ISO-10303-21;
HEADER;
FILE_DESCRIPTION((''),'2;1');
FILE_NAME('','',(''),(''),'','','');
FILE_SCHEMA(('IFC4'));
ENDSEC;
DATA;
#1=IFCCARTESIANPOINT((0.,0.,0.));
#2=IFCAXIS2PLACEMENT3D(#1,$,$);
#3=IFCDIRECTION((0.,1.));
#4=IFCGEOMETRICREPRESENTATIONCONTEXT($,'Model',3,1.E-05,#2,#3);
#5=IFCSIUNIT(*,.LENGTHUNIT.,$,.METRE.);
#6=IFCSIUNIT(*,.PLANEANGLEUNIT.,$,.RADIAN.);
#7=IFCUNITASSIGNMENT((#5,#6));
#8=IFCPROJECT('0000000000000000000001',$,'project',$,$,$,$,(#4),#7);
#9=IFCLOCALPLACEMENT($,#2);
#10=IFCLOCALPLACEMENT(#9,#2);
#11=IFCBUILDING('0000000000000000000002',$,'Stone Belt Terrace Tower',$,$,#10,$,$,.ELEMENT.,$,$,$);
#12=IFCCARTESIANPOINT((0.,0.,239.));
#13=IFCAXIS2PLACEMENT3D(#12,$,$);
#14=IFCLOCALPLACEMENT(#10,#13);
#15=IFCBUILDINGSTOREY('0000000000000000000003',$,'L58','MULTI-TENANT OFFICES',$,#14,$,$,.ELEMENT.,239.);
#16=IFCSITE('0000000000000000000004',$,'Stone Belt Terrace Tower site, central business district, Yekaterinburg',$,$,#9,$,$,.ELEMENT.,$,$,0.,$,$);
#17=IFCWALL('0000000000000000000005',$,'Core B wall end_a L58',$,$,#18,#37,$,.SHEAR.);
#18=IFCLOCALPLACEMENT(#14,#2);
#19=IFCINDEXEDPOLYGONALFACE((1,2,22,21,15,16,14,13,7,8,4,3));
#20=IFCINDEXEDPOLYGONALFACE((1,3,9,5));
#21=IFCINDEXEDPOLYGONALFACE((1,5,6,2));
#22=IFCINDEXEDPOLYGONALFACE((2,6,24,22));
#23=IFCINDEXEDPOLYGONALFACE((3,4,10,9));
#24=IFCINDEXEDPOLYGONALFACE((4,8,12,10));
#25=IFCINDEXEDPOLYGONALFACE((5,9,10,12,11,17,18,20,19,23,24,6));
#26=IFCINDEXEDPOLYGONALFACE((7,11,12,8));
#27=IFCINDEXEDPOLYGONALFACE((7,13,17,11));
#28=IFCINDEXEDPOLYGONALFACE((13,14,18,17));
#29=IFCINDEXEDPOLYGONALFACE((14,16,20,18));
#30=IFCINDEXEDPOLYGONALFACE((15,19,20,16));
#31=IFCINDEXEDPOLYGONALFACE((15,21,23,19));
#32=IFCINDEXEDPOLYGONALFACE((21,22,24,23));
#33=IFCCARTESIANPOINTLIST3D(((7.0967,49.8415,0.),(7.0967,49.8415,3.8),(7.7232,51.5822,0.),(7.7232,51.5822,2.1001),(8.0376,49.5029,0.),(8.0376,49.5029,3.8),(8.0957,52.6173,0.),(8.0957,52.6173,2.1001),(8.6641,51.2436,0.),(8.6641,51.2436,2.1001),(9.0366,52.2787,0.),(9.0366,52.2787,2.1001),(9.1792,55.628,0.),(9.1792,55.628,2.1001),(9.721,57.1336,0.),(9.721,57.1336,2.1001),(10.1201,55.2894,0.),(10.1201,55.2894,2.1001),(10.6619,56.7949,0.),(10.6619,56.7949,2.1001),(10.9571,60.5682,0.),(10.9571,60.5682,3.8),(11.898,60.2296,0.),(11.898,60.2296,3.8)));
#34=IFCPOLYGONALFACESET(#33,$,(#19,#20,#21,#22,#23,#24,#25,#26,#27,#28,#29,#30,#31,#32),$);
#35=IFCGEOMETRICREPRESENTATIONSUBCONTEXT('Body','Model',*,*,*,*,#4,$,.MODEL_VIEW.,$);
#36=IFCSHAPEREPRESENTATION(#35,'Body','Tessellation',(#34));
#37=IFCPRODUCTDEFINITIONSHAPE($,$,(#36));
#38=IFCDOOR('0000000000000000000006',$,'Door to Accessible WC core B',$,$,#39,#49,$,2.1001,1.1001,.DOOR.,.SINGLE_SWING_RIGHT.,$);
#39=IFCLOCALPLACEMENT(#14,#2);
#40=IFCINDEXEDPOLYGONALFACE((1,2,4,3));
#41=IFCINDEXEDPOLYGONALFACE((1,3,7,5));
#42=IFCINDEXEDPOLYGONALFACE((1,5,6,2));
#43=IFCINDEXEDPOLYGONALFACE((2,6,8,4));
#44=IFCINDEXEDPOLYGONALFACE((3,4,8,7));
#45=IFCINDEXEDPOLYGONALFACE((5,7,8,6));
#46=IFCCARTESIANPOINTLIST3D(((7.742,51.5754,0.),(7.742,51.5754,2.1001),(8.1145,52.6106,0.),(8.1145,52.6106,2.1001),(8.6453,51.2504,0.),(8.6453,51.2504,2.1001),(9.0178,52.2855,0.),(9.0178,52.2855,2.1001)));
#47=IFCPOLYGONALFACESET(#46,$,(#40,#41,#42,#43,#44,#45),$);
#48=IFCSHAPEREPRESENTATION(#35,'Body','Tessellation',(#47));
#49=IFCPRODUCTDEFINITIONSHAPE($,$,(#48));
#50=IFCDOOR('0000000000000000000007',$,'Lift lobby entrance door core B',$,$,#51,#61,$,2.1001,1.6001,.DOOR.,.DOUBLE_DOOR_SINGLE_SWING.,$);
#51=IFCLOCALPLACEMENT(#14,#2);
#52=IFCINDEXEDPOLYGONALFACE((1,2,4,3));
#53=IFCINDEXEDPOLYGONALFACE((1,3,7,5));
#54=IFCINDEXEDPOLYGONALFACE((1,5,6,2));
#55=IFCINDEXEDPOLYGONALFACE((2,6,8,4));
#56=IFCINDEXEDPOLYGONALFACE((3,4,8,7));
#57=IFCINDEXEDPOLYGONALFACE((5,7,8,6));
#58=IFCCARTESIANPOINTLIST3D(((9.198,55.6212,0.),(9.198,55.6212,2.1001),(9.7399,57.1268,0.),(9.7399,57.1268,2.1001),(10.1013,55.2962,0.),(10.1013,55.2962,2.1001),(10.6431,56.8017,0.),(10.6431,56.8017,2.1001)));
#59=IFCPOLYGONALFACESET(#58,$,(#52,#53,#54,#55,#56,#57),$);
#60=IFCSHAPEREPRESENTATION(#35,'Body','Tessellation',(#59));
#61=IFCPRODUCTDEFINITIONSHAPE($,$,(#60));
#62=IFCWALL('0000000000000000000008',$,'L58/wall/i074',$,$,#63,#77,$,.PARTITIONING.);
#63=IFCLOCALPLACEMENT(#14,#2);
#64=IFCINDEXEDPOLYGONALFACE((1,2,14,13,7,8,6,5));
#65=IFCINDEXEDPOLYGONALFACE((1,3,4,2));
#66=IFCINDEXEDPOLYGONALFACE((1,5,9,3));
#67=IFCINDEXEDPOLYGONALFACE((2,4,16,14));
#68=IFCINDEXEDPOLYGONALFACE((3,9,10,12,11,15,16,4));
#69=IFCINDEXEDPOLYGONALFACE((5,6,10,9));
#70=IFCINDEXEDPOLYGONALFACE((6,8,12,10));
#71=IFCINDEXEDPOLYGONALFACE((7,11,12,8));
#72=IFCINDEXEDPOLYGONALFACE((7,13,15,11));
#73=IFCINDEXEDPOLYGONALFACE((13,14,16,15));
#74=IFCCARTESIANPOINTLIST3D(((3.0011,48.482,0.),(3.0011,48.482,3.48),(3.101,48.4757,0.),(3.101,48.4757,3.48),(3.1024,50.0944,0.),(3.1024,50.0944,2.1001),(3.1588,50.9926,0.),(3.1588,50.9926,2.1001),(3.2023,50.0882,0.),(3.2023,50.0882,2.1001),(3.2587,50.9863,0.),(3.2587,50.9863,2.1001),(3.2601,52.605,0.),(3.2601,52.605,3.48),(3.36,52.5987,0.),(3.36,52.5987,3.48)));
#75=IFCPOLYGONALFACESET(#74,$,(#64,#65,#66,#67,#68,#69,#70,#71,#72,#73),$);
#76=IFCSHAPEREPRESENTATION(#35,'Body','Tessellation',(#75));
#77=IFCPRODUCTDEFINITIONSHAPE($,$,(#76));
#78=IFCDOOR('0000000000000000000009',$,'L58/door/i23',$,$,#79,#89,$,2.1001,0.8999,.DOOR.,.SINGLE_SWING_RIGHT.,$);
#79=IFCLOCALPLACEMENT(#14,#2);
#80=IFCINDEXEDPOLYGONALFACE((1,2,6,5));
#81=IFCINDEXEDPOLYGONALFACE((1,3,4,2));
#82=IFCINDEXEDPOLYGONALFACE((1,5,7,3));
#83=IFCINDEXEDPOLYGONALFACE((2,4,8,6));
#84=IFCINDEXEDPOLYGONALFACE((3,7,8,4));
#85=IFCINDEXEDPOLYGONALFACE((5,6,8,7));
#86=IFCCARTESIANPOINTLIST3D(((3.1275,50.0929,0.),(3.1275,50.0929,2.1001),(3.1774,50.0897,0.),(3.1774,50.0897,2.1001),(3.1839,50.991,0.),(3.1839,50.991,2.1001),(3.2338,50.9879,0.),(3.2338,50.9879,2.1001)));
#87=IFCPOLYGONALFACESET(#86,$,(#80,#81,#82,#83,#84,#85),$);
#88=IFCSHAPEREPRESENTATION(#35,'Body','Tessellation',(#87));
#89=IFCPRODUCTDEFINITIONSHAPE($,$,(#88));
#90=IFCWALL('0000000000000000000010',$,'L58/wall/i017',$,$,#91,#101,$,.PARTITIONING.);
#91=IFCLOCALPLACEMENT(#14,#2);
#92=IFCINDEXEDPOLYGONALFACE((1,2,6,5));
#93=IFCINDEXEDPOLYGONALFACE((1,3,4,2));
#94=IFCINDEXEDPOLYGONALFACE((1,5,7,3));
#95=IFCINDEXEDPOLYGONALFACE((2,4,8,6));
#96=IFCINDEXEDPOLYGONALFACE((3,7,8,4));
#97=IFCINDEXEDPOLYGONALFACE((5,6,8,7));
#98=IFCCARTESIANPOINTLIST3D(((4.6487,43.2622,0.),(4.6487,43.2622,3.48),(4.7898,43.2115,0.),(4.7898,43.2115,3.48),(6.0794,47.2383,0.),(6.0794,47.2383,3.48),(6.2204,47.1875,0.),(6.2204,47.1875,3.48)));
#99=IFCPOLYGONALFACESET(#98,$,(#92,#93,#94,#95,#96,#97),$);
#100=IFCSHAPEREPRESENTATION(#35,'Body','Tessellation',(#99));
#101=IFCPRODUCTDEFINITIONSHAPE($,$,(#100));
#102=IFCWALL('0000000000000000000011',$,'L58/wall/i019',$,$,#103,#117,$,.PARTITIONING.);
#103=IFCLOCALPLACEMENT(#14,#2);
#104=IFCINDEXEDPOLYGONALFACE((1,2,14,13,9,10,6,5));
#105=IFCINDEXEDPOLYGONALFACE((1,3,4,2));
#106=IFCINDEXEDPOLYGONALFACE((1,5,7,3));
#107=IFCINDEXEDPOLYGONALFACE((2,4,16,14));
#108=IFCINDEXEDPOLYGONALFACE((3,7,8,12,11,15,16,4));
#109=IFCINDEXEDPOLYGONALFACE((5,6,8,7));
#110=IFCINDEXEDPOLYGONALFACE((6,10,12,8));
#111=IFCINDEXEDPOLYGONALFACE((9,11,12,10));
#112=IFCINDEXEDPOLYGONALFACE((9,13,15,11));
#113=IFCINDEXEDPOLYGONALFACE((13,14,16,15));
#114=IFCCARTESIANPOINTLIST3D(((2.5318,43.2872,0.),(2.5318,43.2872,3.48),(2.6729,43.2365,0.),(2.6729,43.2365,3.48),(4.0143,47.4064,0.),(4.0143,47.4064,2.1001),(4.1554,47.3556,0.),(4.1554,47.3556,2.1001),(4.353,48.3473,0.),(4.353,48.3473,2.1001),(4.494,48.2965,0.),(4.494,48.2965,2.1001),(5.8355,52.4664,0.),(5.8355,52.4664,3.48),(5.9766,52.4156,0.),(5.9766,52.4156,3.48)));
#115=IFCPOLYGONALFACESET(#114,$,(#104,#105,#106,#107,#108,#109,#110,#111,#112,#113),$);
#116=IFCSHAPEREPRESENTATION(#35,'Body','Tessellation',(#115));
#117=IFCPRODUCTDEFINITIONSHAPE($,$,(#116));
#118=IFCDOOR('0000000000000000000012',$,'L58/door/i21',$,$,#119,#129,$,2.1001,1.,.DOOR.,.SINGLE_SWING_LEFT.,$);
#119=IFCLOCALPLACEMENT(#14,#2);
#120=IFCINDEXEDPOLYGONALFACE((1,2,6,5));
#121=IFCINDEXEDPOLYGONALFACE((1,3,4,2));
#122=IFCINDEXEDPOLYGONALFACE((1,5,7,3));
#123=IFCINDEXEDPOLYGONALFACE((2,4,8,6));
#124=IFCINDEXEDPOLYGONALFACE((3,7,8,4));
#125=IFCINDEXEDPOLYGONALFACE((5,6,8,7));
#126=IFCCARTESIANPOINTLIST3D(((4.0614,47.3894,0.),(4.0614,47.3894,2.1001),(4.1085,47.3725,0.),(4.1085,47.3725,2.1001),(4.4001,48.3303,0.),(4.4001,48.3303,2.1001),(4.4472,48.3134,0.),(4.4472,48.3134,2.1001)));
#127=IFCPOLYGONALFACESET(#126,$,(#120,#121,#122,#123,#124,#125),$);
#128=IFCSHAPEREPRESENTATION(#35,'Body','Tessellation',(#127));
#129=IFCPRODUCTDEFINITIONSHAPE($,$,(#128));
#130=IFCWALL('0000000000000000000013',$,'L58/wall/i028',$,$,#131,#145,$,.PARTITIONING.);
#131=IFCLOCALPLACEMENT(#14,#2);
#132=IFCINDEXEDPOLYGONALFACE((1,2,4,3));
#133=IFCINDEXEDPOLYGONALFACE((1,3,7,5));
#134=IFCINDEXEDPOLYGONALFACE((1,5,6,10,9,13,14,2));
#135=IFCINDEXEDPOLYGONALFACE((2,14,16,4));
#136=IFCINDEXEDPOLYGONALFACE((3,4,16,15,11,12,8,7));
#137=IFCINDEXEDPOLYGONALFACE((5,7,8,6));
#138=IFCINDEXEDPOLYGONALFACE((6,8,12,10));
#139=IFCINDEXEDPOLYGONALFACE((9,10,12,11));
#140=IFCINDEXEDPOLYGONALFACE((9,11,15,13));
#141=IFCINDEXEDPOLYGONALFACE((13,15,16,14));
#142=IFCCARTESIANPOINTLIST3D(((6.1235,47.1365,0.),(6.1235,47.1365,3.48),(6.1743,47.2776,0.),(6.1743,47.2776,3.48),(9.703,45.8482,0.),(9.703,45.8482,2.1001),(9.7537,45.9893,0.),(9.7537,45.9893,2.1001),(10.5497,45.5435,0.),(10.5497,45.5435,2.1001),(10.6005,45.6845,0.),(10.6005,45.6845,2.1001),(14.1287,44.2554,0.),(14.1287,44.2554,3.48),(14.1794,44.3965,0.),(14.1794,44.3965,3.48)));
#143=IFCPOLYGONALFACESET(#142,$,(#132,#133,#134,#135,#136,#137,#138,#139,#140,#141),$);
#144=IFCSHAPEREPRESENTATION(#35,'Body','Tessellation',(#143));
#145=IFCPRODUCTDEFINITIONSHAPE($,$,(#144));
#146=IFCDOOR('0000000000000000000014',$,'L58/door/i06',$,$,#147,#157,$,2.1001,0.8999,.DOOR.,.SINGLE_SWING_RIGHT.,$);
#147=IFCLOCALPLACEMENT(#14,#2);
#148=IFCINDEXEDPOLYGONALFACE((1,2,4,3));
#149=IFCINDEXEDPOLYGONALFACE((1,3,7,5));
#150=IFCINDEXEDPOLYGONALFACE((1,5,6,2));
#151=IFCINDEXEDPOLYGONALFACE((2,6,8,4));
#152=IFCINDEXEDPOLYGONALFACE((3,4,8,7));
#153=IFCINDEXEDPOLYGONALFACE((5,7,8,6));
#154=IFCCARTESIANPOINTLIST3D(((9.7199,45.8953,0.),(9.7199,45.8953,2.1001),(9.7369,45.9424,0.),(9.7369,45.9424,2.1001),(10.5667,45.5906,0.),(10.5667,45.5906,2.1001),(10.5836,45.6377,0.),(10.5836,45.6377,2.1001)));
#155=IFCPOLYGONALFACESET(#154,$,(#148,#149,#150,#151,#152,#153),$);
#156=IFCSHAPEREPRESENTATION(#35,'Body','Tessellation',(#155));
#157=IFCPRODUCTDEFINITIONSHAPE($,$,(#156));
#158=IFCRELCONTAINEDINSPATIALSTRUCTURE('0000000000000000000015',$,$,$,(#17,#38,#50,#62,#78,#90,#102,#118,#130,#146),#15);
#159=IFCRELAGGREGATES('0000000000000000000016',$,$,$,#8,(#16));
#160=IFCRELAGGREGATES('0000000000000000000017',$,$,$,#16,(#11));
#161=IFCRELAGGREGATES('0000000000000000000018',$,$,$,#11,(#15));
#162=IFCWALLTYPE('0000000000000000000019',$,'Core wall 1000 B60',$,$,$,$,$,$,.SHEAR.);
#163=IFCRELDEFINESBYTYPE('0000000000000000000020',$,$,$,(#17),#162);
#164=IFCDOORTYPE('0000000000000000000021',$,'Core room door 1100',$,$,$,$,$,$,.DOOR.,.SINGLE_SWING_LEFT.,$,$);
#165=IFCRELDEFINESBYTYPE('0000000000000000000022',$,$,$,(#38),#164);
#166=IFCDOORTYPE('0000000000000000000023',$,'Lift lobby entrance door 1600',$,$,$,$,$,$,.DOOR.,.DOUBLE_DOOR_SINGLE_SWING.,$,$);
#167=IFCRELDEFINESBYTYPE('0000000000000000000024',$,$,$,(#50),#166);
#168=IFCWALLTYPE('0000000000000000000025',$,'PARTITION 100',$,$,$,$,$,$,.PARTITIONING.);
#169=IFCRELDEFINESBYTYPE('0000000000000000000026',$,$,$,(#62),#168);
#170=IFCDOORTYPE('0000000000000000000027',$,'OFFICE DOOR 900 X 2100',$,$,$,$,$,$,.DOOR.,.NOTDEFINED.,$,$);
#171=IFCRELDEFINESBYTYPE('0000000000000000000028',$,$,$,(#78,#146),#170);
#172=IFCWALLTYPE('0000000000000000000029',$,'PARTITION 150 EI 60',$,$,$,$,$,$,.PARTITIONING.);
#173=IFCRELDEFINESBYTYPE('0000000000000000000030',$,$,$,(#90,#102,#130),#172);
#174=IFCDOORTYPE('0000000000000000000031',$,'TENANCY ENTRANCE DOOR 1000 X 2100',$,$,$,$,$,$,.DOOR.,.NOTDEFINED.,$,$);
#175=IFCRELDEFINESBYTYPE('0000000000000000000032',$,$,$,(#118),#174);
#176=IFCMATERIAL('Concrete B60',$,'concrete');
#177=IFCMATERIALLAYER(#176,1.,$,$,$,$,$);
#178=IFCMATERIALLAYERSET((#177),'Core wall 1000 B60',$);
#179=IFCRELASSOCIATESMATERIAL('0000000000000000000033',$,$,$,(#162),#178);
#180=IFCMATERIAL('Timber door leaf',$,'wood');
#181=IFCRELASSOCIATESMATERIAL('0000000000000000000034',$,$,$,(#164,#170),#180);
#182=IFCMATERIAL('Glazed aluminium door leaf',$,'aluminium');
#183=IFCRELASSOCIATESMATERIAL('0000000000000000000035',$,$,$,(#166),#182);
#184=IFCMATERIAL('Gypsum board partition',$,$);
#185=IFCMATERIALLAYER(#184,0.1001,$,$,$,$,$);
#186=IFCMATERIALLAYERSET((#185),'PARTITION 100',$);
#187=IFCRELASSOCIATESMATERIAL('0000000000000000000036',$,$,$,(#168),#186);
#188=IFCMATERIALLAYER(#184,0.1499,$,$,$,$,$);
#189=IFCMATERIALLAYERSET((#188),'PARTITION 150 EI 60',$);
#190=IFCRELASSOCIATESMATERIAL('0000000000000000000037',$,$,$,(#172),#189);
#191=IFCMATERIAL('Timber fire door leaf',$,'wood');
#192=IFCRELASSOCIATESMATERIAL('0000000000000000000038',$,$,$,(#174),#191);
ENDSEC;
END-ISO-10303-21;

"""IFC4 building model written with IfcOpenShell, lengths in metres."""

from ifc_helpers import new_model, si_unit, direction, frame, frame_2d, origin, place, context, subcontext, project, spatial, rectangle, extrude, material, layer, layer_set, type_object, element, fill, save


model = new_model("IFC4")

# Units and contexts
model_context = context("Model", 3, precision=1e-05, world=origin(), true_north=direction((0.0, 1.0)))
body_context = subcontext(model_context, "Body", "Model", "MODEL_VIEW")
ifc_project = project(units=[si_unit("LENGTHUNIT", "METRE"), si_unit("PLANEANGLEUNIT", "RADIAN")], contexts=[model_context])

# Site, building, storey
site_placement = place(None, origin())
site = spatial("IfcSite", under=ifc_project, at=site_placement, Name="Stone Belt Terrace Tower site, central business district, Yekaterinburg", CompositionType="ELEMENT", RefElevation=0.0)
building_placement = place(site_placement, origin())
building = spatial("IfcBuilding", under=site, at=building_placement, Name="Stone Belt Terrace Tower", CompositionType="ELEMENT")
storey_placement = place(building_placement, frame((0.0, 0.0, 239.0)))
storey = spatial("IfcBuildingStorey", under=building, at=storey_placement, Name="L58", Description="MULTI-TENANT OFFICES", CompositionType="ELEMENT", Elevation=239.0)

# Shared definitions
ifc_material_1 = material(Name="Concrete B60", Category="concrete")

# Wall, openings, doors
ifc_layer_1 = layer(ifc_material_1, 1.0)
ifc_layer_set_1 = layer_set([ifc_layer_1], Name="Core wall 1000 B60")
wall_type_1 = type_object("IfcWallType", Name="Core wall 1000 B60", PredefinedType="SHEAR", material=ifc_layer_set_1)
ifc_material_2 = material(Name="Timber door leaf", Category="wood")
door_type_1 = type_object("IfcDoorType", Name="Core room door 1100", OperationType="SINGLE_SWING_LEFT", PredefinedType="DOOR", material=ifc_material_2)
wall_1_placement = place(storey_placement, frame((7.5671, 49.6721, 0.0), z_axis=(0.0, 0.0, 1.0), x_axis=(0.338625, 0.940921, 0.0)))
wall_1 = element("IfcWall", 1, at=wall_1_placement, inside=storey, type_object=wall_type_1, Name="Core B wall end_a L58", PredefinedType="SHEAR", context=body_context, shape_type="SweptSolid", body=[
    extrude(rectangle(XDim=11.4001, YDim=1.0, at=frame_2d((5.7002, 0.0))), origin(), (0.0, 0.0, 1.0), 3.8),
])
opening_1_placement = place(wall_1_placement, frame((6.1499, 0.0, 0.0)))
opening_1 = element("IfcOpeningElement", 2, at=opening_1_placement, cuts=wall_1, PredefinedType="OPENING", context=body_context, shape_type="SweptSolid", body=[
    extrude(rectangle(XDim=1.6001, YDim=2.1001, at=frame_2d((0.8, 1.05))), frame((0.0, 0.51, 0.0), z_axis=(0.0, -1.0, 0.0), x_axis=(1.0, 0.0, 0.0)), (0.0, 0.0, 1.0), 1.02),
])
opening_2_placement = place(wall_1_placement, frame((1.8501, 0.0, 0.0)))
opening_2 = element("IfcOpeningElement", 3, at=opening_2_placement, cuts=wall_1, PredefinedType="OPENING", context=body_context, shape_type="SweptSolid", body=[
    extrude(rectangle(XDim=1.1001, YDim=2.1001, at=frame_2d((0.55, 1.05))), frame((0.0, 0.51, 0.0), z_axis=(0.0, -1.0, 0.0), x_axis=(1.0, 0.0, 0.0)), (0.0, 0.0, 1.0), 1.02),
])
door_1_placement = place(opening_2_placement, origin())
door_1 = element("IfcDoor", 4, at=door_1_placement, inside=storey, type_object=door_type_1, Name="Door to Accessible WC core B", OperationType="SINGLE_SWING_RIGHT", OverallHeight=2.1001, OverallWidth=1.1001, PredefinedType="DOOR", context=body_context, shape_type="SweptSolid", body=[
    extrude(rectangle(XDim=1.1001, YDim=2.1001, at=frame_2d((0.55, 1.05))), frame((0.0, 0.48, 0.0), z_axis=(0.0, -1.0, 0.0), x_axis=(1.0, 0.0, 0.0)), (0.0, 0.0, 1.0), 0.96),
])
fill(opening_2, door_1)
ifc_material_3 = material(Name="Glazed aluminium door leaf", Category="aluminium")
door_type_2 = type_object("IfcDoorType", Name="Lift lobby entrance door 1600", OperationType="DOUBLE_DOOR_SINGLE_SWING", PredefinedType="DOOR", material=ifc_material_3)
door_2_placement = place(opening_1_placement, origin())
door_2 = element("IfcDoor", 5, at=door_2_placement, inside=storey, type_object=door_type_2, Name="Lift lobby entrance door core B", OperationType="DOUBLE_DOOR_SINGLE_SWING", OverallHeight=2.1001, OverallWidth=1.6001, PredefinedType="DOOR", context=body_context, shape_type="SweptSolid", body=[
    extrude(rectangle(XDim=1.6001, YDim=2.1001, at=frame_2d((0.8, 1.05))), frame((0.0, 0.48, 0.0), z_axis=(0.0, -1.0, 0.0), x_axis=(1.0, 0.0, 0.0)), (0.0, 0.0, 1.0), 0.96),
])
fill(opening_1, door_2)

# Wall, opening, door
ifc_material_4 = material(Name="Gypsum board partition")
ifc_layer_2 = layer(ifc_material_4, 0.1001)
ifc_layer_set_2 = layer_set([ifc_layer_2], Name="PARTITION 100")
wall_type_2 = type_object("IfcWallType", Name="PARTITION 100", PredefinedType="PARTITIONING", material=ifc_layer_set_2)
wall_2_placement = place(storey_placement, frame((3.051, 48.479, 0.0), z_axis=(0.0, 0.0, 1.0), x_axis=(0.062702, 0.998032, 0.0)))
wall_2 = element("IfcWall", 6, at=wall_2_placement, inside=storey, type_object=wall_type_2, Name="L58/wall/i074", PredefinedType="PARTITIONING", context=body_context, shape_type="SweptSolid", body=[
    extrude(rectangle(XDim=4.1311, YDim=0.1001, at=frame_2d((2.0654, 0.0))), origin(), (0.0, 0.0, 1.0), 3.48),
])
opening_3_placement = place(wall_2_placement, frame((1.6155, 0.0, 0.0)))
opening_3 = element("IfcOpeningElement", 7, at=opening_3_placement, cuts=wall_2, PredefinedType="OPENING", context=body_context, shape_type="SweptSolid", body=[
    extrude(rectangle(XDim=0.8999, YDim=2.1001, at=frame_2d((0.45, 1.05))), frame((0.0, 0.0601, 0.0), z_axis=(0.0, -1.0, 0.0), x_axis=(1.0, 0.0, 0.0)), (0.0, 0.0, 1.0), 0.1201),
])
door_type_3 = type_object("IfcDoorType", Name="OFFICE DOOR 900 X 2100", OperationType="NOTDEFINED", PredefinedType="DOOR", material=ifc_material_2)
door_3_placement = place(opening_3_placement, origin())
door_3 = element("IfcDoor", 8, at=door_3_placement, inside=storey, type_object=door_type_3, Name="L58/door/i23", OperationType="SINGLE_SWING_RIGHT", OverallHeight=2.1001, OverallWidth=0.8999, PredefinedType="DOOR", context=body_context, shape_type="SweptSolid", body=[
    extrude(rectangle(XDim=0.8999, YDim=2.1001, at=frame_2d((0.45, 1.05))), frame((0.0, 0.0249, 0.0), z_axis=(0.0, -1.0, 0.0), x_axis=(1.0, 0.0, 0.0)), (0.0, 0.0, 1.0), 0.05),
])
fill(opening_3, door_3)

# Wall
ifc_layer_3 = layer(ifc_material_4, 0.1499)
ifc_layer_set_3 = layer_set([ifc_layer_3], Name="PARTITION 150 EI 60")
wall_type_3 = type_object("IfcWallType", Name="PARTITION 150 EI 60", PredefinedType="PARTITIONING", material=ifc_layer_set_3)
wall_3_placement = place(storey_placement, frame((6.1499, 47.2129, 0.0), z_axis=(0.0, 0.0, 1.0), x_axis=(-0.338568, -0.940942, 0.0)))
element("IfcWall", 9, at=wall_3_placement, inside=storey, type_object=wall_type_3, Name="L58/wall/i017", PredefinedType="PARTITIONING", context=body_context, shape_type="SweptSolid", body=[
    extrude(rectangle(XDim=4.2256, YDim=0.1499, at=frame_2d((2.1128, 0.0))), origin(), (0.0, 0.0, 1.0), 3.48),
])

# Walls, openings, doors
wall_4_placement = place(storey_placement, frame((2.6023, 43.2617, 0.0), z_axis=(0.0, 0.0, 1.0), x_axis=(0.338647, 0.940914, 0.0)))
wall_4 = element("IfcWall", 10, at=wall_4_placement, inside=storey, type_object=wall_type_3, Name="L58/wall/i019", PredefinedType="PARTITIONING", context=body_context, shape_type="SweptSolid", body=[
    extrude(rectangle(XDim=9.7556, YDim=0.1499, at=frame_2d((4.8779, 0.0))), origin(), (0.0, 0.0, 1.0), 3.48),
])
opening_4_placement = place(wall_4_placement, frame((4.3779, 0.0, 0.0)))
opening_4 = element("IfcOpeningElement", 11, at=opening_4_placement, cuts=wall_4, PredefinedType="OPENING", context=body_context, shape_type="SweptSolid", body=[
    extrude(rectangle(XDim=1.0, YDim=2.1001, at=frame_2d((0.5, 1.05))), frame((0.0, 0.085, 0.0), z_axis=(0.0, -1.0, 0.0), x_axis=(1.0, 0.0, 0.0)), (0.0, 0.0, 1.0), 0.1699),
])
ifc_material_5 = material(Name="Timber fire door leaf", Category="wood")
door_type_4 = type_object("IfcDoorType", Name="TENANCY ENTRANCE DOOR 1000 X 2100", OperationType="NOTDEFINED", PredefinedType="DOOR", material=ifc_material_5)
door_4_placement = place(opening_4_placement, origin())
door_4 = element("IfcDoor", 12, at=door_4_placement, inside=storey, type_object=door_type_4, Name="L58/door/i21", OperationType="SINGLE_SWING_LEFT", OverallHeight=2.1001, OverallWidth=1.0, PredefinedType="DOOR", context=body_context, shape_type="SweptSolid", body=[
    extrude(rectangle(XDim=1.0, YDim=2.1001, at=frame_2d((0.5, 1.05))), frame((0.0, 0.0249, 0.0), z_axis=(0.0, -1.0, 0.0), x_axis=(1.0, 0.0, 0.0)), (0.0, 0.0, 1.0), 0.05),
])
fill(opening_4, door_4)
wall_5_placement = place(storey_placement, frame((14.1541, 44.3259, 0.0), z_axis=(0.0, 0.0, 1.0), x_axis=(-0.940915, 0.338642, 0.0)))
wall_5 = element("IfcWall", 13, at=wall_5_placement, inside=storey, type_object=wall_type_3, Name="L58/wall/i028", PredefinedType="PARTITIONING", context=body_context, shape_type="SweptSolid", body=[
    extrude(rectangle(XDim=8.5078, YDim=0.1499, at=frame_2d((4.2539, 0.0))), origin(), (0.0, 0.0, 1.0), 3.48),
])
opening_5_placement = place(wall_5_placement, frame((3.8037, 0.0, 0.0)))
opening_5 = element("IfcOpeningElement", 14, at=opening_5_placement, cuts=wall_5, PredefinedType="OPENING", context=body_context, shape_type="SweptSolid", body=[
    extrude(rectangle(XDim=0.8999, YDim=2.1001, at=frame_2d((0.45, 1.05))), frame((0.0, 0.085, 0.0), z_axis=(0.0, -1.0, 0.0), x_axis=(1.0, 0.0, 0.0)), (0.0, 0.0, 1.0), 0.1699),
])
door_5_placement = place(opening_5_placement, origin())
door_5 = element("IfcDoor", 15, at=door_5_placement, inside=storey, type_object=door_type_3, Name="L58/door/i06", OperationType="SINGLE_SWING_RIGHT", OverallHeight=2.1001, OverallWidth=0.8999, PredefinedType="DOOR", context=body_context, shape_type="SweptSolid", body=[
    extrude(rectangle(XDim=0.8999, YDim=2.1001, at=frame_2d((0.45, 1.05))), frame((0.0, 0.0249, 0.0), z_axis=(0.0, -1.0, 0.0), x_axis=(1.0, 0.0, 0.0)), (0.0, 0.0, 1.0), 0.05),
])
fill(opening_5, door_5)

save(model, "model.ifc")
